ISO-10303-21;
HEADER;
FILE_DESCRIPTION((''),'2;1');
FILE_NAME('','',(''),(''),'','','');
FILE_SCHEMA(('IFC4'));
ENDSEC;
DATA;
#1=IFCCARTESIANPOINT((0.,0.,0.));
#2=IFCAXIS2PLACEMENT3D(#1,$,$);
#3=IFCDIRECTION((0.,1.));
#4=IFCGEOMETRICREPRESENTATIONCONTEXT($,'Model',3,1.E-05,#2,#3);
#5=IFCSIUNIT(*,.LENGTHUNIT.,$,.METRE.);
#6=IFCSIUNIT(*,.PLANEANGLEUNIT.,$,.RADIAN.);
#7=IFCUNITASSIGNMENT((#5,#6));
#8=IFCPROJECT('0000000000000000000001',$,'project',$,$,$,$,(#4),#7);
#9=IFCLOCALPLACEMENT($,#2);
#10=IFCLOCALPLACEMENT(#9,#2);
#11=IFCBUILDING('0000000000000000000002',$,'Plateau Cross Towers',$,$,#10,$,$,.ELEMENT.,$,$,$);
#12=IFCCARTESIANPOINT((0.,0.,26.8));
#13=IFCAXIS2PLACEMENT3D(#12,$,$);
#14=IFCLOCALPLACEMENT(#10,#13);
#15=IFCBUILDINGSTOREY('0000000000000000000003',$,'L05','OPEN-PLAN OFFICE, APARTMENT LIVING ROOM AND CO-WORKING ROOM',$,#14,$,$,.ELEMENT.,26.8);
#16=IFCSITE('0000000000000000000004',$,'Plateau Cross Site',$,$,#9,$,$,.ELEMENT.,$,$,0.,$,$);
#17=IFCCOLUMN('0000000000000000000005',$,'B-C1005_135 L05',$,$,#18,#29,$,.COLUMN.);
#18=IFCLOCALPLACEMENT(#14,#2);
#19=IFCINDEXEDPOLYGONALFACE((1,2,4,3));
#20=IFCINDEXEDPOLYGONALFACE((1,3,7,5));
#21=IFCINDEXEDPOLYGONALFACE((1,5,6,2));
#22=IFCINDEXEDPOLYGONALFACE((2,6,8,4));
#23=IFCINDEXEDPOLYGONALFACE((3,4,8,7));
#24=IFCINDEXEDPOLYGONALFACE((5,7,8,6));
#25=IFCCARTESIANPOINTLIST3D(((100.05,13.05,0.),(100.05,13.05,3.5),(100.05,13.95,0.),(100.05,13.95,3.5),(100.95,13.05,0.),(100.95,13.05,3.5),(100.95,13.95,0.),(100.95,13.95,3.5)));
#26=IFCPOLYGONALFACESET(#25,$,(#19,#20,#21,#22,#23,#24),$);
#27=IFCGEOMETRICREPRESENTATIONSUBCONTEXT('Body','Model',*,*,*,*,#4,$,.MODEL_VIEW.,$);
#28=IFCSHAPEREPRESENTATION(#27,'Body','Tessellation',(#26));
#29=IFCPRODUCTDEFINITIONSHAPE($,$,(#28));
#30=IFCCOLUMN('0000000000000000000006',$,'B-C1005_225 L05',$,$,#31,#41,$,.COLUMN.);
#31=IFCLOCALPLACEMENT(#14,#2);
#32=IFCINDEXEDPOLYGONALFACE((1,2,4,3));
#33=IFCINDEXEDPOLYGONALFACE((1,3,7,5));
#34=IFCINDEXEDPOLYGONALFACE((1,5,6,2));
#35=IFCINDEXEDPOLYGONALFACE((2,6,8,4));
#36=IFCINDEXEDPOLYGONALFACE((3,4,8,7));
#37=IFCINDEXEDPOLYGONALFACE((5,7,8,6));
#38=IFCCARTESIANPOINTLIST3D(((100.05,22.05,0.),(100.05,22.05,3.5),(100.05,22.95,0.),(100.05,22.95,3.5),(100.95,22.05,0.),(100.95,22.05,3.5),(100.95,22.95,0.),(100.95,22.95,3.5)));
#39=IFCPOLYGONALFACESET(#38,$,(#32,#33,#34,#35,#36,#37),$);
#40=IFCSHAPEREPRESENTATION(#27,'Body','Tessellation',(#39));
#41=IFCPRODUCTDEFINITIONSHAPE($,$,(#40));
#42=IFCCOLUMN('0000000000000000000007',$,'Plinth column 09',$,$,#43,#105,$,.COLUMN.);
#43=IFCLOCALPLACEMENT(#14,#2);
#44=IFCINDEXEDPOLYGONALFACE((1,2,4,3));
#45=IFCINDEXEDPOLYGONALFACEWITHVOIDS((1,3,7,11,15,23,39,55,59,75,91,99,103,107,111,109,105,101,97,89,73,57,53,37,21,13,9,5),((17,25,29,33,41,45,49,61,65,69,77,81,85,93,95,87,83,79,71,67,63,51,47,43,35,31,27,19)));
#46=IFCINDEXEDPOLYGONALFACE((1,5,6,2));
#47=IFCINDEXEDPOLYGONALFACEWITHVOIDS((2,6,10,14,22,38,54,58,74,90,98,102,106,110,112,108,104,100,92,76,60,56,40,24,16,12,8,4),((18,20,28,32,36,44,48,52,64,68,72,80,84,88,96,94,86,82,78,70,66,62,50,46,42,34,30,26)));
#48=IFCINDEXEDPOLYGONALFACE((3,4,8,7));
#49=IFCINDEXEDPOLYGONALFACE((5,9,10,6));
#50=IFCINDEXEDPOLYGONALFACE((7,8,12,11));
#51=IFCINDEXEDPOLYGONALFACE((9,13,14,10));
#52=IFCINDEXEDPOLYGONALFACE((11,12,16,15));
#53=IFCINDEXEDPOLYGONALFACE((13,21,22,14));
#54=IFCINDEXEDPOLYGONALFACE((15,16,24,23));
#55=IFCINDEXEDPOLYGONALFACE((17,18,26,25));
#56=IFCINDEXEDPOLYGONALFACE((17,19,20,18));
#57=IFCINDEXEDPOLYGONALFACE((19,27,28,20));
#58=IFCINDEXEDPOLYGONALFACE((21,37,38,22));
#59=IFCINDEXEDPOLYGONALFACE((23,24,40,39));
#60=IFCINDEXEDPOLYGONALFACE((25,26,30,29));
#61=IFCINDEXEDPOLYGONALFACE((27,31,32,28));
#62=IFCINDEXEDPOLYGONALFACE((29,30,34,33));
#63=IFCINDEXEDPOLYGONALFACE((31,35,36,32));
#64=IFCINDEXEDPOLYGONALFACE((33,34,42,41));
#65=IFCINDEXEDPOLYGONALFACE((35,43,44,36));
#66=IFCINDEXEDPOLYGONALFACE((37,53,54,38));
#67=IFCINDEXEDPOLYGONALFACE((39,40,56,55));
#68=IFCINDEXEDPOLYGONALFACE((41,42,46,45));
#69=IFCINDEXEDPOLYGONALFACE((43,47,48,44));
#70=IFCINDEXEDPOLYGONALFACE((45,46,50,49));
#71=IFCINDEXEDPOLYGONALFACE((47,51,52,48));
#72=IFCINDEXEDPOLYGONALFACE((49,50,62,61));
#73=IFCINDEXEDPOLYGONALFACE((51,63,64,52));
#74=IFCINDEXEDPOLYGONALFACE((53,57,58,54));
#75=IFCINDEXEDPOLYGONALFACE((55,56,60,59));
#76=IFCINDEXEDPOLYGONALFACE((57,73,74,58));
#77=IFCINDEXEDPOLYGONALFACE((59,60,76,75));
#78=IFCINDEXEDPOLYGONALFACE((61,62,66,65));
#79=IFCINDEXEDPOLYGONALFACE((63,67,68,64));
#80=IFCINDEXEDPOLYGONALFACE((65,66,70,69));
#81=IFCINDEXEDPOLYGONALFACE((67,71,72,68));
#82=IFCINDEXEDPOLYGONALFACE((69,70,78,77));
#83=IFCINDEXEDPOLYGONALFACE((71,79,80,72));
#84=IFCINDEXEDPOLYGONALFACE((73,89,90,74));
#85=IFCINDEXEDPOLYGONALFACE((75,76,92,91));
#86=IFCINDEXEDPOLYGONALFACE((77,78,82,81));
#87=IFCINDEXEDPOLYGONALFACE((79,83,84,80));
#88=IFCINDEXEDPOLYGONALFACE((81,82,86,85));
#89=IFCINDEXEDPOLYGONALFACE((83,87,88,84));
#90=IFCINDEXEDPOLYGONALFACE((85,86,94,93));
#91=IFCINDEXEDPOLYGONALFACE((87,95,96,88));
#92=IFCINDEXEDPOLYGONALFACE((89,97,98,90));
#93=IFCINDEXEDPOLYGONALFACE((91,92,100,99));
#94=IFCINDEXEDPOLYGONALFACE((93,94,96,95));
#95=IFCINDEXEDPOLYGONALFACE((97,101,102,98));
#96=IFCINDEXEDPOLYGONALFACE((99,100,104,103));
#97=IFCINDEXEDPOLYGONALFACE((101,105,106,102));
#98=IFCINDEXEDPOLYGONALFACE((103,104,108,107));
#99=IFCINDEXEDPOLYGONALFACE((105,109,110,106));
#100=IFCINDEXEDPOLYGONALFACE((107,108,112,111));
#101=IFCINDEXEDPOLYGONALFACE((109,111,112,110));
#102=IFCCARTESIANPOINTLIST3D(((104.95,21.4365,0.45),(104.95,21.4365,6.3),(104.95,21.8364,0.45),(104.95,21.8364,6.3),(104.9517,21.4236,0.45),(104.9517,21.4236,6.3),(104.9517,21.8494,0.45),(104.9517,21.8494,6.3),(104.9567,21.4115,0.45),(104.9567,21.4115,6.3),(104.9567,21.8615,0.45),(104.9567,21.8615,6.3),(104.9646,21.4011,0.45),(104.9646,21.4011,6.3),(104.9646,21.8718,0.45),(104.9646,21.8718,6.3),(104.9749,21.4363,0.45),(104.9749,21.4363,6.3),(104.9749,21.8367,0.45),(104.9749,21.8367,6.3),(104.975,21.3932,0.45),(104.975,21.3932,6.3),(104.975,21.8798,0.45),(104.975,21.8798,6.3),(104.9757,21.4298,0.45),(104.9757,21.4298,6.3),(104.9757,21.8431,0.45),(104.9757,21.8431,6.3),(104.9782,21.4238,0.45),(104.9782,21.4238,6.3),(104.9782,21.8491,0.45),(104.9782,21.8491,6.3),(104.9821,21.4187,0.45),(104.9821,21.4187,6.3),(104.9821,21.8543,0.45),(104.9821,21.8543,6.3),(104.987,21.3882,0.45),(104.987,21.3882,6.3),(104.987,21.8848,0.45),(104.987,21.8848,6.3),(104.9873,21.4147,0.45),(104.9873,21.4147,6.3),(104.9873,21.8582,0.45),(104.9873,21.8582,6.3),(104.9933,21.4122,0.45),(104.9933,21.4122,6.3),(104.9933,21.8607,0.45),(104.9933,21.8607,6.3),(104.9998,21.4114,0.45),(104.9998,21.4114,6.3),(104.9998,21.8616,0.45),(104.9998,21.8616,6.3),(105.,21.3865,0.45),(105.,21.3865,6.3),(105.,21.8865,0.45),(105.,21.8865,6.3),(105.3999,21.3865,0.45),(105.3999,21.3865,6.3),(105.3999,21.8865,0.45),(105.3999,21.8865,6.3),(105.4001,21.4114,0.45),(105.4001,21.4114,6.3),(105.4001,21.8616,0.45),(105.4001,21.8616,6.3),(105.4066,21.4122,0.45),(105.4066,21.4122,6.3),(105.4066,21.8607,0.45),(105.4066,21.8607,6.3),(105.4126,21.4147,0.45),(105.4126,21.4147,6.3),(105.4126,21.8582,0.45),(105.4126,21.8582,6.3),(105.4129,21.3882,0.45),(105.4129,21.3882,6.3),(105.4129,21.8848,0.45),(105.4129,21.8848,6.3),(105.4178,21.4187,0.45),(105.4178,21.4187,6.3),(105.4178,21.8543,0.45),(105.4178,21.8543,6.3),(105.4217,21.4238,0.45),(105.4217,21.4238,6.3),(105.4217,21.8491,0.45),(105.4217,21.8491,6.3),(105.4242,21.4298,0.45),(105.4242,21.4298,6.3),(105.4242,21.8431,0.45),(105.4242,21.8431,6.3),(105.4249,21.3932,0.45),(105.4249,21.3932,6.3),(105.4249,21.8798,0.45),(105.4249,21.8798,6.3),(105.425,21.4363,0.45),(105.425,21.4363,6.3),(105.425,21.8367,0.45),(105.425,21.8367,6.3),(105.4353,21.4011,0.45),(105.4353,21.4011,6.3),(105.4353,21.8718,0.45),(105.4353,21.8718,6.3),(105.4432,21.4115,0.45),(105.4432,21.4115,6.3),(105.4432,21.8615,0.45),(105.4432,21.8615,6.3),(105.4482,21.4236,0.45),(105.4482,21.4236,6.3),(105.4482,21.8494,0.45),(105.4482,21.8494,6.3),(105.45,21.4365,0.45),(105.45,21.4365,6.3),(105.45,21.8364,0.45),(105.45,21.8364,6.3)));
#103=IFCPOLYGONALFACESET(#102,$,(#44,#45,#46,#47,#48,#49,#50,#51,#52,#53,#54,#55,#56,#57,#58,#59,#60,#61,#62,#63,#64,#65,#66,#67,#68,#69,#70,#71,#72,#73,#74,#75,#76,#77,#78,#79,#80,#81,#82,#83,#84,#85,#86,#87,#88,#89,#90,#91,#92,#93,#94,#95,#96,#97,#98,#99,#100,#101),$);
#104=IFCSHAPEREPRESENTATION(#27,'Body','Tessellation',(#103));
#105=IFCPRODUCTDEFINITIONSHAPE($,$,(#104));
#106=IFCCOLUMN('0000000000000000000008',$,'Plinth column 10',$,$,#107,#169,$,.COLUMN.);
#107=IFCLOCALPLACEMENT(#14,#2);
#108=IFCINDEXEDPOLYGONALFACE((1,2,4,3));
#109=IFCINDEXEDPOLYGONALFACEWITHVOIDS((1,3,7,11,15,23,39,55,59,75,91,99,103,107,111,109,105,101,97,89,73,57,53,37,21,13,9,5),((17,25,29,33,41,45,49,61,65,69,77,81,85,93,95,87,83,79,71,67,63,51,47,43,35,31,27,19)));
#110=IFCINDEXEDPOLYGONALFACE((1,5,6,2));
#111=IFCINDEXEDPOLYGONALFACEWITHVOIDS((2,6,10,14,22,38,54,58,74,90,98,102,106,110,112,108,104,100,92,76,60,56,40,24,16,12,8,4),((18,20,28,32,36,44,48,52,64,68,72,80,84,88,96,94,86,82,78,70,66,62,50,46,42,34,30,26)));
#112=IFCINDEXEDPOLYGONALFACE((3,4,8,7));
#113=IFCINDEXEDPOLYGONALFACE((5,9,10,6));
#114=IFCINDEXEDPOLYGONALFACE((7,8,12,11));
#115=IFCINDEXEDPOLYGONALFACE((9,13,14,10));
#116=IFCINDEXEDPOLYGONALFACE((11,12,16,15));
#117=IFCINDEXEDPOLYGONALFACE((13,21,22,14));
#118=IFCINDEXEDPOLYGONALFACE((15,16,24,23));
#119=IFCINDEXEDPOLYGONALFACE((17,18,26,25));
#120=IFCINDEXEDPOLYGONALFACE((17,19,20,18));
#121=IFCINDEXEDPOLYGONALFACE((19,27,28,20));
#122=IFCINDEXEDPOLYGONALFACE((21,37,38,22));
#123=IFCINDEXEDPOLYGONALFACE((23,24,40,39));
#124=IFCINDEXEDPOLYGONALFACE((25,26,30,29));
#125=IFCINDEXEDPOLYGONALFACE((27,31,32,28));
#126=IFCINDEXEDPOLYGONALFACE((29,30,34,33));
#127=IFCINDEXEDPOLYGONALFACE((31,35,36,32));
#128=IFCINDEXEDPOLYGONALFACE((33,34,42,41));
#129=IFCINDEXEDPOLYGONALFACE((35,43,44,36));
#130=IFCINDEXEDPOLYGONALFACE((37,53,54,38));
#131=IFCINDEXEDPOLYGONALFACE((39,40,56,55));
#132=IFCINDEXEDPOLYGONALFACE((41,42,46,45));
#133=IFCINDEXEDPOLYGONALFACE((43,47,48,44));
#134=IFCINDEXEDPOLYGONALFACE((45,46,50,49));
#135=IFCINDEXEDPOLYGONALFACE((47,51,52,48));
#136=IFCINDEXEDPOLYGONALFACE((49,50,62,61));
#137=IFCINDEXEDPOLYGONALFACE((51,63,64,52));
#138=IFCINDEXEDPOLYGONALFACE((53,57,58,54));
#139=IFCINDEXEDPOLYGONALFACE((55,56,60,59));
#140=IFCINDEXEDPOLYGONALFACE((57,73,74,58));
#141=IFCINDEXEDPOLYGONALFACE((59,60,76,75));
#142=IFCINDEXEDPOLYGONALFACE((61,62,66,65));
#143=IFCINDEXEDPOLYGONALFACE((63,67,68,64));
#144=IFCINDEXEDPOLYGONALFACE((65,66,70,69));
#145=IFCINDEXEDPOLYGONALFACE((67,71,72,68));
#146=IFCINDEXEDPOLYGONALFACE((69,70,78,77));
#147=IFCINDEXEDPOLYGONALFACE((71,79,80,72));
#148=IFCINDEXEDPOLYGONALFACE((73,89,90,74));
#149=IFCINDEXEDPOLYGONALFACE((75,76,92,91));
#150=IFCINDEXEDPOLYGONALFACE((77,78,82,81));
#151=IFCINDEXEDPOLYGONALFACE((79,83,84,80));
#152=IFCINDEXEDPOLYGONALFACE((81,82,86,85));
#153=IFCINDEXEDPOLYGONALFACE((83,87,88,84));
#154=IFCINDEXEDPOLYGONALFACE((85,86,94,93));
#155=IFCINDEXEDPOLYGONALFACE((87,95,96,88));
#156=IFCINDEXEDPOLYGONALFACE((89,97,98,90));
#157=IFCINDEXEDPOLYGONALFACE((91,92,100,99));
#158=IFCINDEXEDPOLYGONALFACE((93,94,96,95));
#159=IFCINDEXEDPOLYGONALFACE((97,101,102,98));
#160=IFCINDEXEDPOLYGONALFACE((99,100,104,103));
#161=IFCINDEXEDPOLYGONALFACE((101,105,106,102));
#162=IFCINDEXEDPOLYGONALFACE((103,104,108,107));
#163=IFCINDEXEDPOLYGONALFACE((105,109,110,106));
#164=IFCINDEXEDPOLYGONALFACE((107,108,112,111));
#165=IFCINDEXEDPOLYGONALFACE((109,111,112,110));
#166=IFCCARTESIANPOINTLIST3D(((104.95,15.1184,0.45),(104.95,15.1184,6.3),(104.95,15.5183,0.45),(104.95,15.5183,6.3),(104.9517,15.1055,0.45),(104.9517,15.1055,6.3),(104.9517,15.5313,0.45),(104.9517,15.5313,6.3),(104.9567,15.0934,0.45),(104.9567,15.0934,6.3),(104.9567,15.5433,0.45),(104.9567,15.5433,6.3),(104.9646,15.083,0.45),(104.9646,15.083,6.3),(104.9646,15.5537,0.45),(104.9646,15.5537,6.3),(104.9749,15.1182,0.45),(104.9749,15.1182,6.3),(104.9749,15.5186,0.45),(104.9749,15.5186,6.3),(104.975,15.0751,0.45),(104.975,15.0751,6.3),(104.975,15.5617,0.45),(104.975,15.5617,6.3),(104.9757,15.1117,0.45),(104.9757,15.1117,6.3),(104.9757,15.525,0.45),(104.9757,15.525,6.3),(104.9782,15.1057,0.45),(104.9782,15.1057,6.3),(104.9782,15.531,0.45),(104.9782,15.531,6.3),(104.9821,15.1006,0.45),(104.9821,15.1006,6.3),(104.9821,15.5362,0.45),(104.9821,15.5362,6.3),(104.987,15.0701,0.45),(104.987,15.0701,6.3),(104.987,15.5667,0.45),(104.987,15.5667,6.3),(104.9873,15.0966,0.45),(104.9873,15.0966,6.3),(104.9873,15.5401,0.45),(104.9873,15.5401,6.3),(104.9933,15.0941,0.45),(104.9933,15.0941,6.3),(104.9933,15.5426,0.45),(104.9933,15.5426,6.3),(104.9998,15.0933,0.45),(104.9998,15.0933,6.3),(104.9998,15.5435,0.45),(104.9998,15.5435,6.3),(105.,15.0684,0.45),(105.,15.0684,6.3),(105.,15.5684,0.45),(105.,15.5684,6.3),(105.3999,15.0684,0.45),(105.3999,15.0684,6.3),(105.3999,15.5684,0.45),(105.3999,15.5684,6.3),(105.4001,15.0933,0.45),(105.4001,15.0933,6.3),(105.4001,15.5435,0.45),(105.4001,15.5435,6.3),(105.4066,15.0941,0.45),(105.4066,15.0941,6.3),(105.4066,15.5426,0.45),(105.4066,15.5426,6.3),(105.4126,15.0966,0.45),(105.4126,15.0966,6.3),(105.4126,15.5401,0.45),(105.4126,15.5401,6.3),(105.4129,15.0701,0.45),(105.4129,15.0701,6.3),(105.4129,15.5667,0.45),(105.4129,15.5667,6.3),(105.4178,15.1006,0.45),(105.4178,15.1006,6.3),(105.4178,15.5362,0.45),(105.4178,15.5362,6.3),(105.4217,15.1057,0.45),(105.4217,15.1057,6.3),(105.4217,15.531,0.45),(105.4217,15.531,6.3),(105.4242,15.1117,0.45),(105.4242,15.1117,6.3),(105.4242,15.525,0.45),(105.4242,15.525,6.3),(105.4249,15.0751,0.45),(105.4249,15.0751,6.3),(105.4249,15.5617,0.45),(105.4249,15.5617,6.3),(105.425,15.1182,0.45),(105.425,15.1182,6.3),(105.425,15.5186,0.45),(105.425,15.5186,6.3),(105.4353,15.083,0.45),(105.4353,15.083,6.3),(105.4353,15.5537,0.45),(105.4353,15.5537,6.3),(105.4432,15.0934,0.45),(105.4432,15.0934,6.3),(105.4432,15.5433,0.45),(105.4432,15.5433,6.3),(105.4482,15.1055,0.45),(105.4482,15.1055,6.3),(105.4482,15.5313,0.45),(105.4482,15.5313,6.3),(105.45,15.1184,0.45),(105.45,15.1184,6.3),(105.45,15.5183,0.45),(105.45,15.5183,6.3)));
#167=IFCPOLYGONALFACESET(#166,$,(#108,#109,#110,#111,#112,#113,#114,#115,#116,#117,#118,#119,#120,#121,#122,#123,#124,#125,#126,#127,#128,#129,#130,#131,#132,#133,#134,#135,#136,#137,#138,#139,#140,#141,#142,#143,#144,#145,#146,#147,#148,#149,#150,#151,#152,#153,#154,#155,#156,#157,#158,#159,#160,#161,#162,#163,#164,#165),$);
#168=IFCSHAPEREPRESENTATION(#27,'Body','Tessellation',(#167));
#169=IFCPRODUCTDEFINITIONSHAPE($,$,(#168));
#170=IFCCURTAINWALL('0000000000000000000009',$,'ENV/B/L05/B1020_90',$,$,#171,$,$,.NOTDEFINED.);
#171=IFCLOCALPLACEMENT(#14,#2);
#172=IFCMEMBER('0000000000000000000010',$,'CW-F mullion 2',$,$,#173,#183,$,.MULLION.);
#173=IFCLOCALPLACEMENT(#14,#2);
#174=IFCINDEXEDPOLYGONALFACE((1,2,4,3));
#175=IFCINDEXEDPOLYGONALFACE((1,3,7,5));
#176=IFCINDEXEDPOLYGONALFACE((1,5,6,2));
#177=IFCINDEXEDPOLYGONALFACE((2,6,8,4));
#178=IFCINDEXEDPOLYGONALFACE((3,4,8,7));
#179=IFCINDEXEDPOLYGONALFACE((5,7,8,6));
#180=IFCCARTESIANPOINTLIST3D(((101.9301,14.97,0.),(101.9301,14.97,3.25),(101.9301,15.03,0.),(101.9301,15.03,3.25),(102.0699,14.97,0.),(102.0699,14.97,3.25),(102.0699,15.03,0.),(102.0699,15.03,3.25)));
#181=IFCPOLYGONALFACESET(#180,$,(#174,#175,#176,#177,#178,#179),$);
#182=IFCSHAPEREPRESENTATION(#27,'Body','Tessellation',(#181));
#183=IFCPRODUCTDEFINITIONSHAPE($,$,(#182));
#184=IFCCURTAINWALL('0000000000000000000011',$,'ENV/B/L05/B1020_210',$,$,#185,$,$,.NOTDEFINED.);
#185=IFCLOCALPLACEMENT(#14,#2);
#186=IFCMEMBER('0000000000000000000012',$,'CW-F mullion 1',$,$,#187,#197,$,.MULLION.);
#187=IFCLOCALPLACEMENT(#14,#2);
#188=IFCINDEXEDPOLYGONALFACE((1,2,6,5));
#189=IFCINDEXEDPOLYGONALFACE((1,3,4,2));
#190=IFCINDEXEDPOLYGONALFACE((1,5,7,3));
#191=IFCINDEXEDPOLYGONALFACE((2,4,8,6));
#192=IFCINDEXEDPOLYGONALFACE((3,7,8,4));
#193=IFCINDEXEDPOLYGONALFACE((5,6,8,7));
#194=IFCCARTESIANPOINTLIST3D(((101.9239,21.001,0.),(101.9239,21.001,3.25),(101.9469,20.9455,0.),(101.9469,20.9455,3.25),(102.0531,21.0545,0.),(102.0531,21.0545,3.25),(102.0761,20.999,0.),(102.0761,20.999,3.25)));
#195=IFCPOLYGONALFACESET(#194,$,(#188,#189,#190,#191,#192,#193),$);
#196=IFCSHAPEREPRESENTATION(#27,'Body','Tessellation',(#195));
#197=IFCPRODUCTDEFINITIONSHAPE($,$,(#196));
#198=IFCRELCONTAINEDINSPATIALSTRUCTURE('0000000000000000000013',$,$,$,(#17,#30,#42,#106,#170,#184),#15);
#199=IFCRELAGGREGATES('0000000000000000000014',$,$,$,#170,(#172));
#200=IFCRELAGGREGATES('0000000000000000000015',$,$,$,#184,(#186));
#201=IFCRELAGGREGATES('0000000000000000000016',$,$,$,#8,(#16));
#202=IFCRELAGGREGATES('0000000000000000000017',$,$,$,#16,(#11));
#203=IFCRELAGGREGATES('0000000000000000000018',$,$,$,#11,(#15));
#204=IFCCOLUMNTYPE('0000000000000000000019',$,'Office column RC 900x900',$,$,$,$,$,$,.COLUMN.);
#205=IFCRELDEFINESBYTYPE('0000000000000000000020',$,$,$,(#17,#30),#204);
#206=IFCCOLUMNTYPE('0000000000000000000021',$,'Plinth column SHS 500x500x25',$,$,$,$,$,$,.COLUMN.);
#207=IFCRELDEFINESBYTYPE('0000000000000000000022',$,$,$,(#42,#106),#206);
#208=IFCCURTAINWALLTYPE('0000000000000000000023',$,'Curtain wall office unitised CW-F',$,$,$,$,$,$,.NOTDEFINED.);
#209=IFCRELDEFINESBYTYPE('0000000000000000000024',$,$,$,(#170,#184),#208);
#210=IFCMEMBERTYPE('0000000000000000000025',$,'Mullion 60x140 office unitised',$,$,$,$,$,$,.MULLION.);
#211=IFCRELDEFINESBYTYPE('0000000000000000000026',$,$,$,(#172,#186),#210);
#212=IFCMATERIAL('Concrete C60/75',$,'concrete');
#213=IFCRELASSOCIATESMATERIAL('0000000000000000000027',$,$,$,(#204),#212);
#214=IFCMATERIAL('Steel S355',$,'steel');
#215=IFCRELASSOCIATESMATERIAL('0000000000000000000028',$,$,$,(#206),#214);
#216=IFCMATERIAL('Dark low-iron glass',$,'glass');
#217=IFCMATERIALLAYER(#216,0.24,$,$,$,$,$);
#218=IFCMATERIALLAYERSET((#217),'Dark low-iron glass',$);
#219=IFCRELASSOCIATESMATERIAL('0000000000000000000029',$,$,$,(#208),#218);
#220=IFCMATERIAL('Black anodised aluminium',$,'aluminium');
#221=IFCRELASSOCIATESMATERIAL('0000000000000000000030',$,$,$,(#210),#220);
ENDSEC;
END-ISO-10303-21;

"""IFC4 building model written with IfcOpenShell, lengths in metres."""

from ifc_helpers import new_model, si_unit, direction, frame, origin, origin_2d, place, context, subcontext, project, spatial, rectangle, hollow_rectangle, extrude, material, layer, layer_set, material_profile, profile_set, type_object, element, aggregate, save


model = new_model("IFC4")

# Units and contexts
model_context = context("Model", 3, precision=1e-05, world=origin(), true_north=direction((0.0, 1.0)))
body_context = subcontext(model_context, "Body", "Model", "MODEL_VIEW")
ifc_project = project(units=[si_unit("LENGTHUNIT", "METRE"), si_unit("PLANEANGLEUNIT", "RADIAN")], contexts=[model_context])

# Site, building, storey
site_placement = place(None, origin())
site = spatial("IfcSite", under=ifc_project, at=site_placement, Name="Plateau Cross Site", CompositionType="ELEMENT", RefElevation=0.0)
building_placement = place(site_placement, origin())
building = spatial("IfcBuilding", under=site, at=building_placement, Name="Plateau Cross Towers", CompositionType="ELEMENT")
storey_placement = place(building_placement, frame((0.0, 0.0, 26.8)))
storey = spatial("IfcBuildingStorey", under=building, at=storey_placement, Name="L05", Description="OPEN-PLAN OFFICE, APARTMENT LIVING ROOM AND CO-WORKING ROOM", CompositionType="ELEMENT", Elevation=26.8)

# Columns
ifc_material_1 = material(Name="Concrete C60/75", Category="concrete")
ifc_material_profile_1 = material_profile(ifc_material_1, rectangle(XDim=0.8999, YDim=0.8999, at=origin_2d()), Name="RC 900x900")
ifc_profile_set_1 = profile_set([ifc_material_profile_1], Name="Concrete C60/75")
column_type_1 = type_object("IfcColumnType", Name="Office column RC 900x900", PredefinedType="COLUMN", material=ifc_profile_set_1)
for number, where, z_axis, x_axis, name in (
    (1, (100.5, 13.5, 0.0), (0.0, 0.0, 1.0), (1.0, 0.0, 0.0), "B-C1005_135 L05"),
    (2, (100.5, 22.5, 0.0), (0.0, 0.0, 1.0), (1.0, 0.0, 0.0), "B-C1005_225 L05"),
):
    element("IfcColumn", number, at=place(storey_placement, frame(where, z_axis=z_axis, x_axis=x_axis)), inside=storey, type_object=column_type_1, Name=name, PredefinedType="COLUMN", context=body_context, shape_type="SweptSolid", body=[
        extrude(rectangle(XDim=0.8999, YDim=0.8999, at=origin_2d()), origin(), (0.0, 0.0, 1.0), 3.5),
    ])
ifc_material_2 = material(Name="Steel S355", Category="steel")
ifc_material_profile_2 = material_profile(ifc_material_2, hollow_rectangle(XDim=0.5, YDim=0.5, WallThickness=0.0249, InnerFilletRadius=0.0249, OuterFilletRadius=0.05, at=origin_2d()), Name="SHS 500x500x25")
ifc_profile_set_2 = profile_set([ifc_material_profile_2], Name="Steel S355")
column_type_2 = type_object("IfcColumnType", Name="Plinth column SHS 500x500x25", PredefinedType="COLUMN", material=ifc_profile_set_2)
for number, where, z_axis, x_axis, name in (
    (3, (105.2, 21.6365, 0.45), (0.0, 0.0, 1.0), (1.0, 0.0, 0.0), "Plinth column 09"),
    (4, (105.2, 15.3184, 0.45), (0.0, 0.0, 1.0), (1.0, 0.0, 0.0), "Plinth column 10"),
):
    element("IfcColumn", number, at=place(storey_placement, frame(where, z_axis=z_axis, x_axis=x_axis)), inside=storey, type_object=column_type_2, Name=name, PredefinedType="COLUMN", context=body_context, shape_type="SweptSolid", body=[
        extrude(hollow_rectangle(XDim=0.5, YDim=0.5, WallThickness=0.0249, InnerFilletRadius=0.0249, OuterFilletRadius=0.05, at=origin_2d()), origin(), (0.0, 0.0, 1.0), 5.8501),
    ])

# Curtain walls, members
ifc_material_3 = material(Name="Dark low-iron glass", Category="glass")
ifc_layer_1 = layer(ifc_material_3, 0.24)
ifc_layer_set_1 = layer_set([ifc_layer_1], Name="Dark low-iron glass")
curtain_wall_type = type_object("IfcCurtainWallType", Name="Curtain wall office unitised CW-F", PredefinedType="NOTDEFINED", material=ifc_layer_set_1)
curtain_wall_1_placement = place(storey_placement, origin())
curtain_wall_1 = element("IfcCurtainWall", 5, at=curtain_wall_1_placement, inside=storey, type_object=curtain_wall_type, Name="ENV/B/L05/B1020_90", PredefinedType="NOTDEFINED")
ifc_material_4 = material(Name="Black anodised aluminium", Category="aluminium")
ifc_material_profile_3 = material_profile(ifc_material_4, rectangle(XDim=0.0601, YDim=0.1399, at=origin_2d()), Name="MULLION 60x140")
ifc_profile_set_3 = profile_set([ifc_material_profile_3], Name="Black anodised aluminium")
member_type_1 = type_object("IfcMemberType", Name="Mullion 60x140 office unitised", PredefinedType="MULLION", material=ifc_profile_set_3)
member_1_placement = place(storey_placement, frame((102.0, 15.0, 0.0), z_axis=(0.0, 0.0, 1.0), x_axis=(0.0, 1.0, 0.0)))
member_1 = element("IfcMember", 6, at=member_1_placement, type_object=member_type_1, Name="CW-F mullion 2", PredefinedType="MULLION", context=body_context, shape_type="SweptSolid", body=[
    extrude(rectangle(XDim=0.0601, YDim=0.1399, at=origin_2d()), origin(), (0.0, 0.0, 1.0), 3.25),
])
curtain_wall_2_placement = place(storey_placement, origin())
curtain_wall_2 = element("IfcCurtainWall", 7, at=curtain_wall_2_placement, inside=storey, type_object=curtain_wall_type, Name="ENV/B/L05/B1020_210", PredefinedType="NOTDEFINED")
member_2_placement = place(storey_placement, frame((102.0, 21.0, 0.0), z_axis=(0.0, 0.0, 1.0), x_axis=(-0.382684, 0.923879, 0.0)))
member_2 = element("IfcMember", 8, at=member_2_placement, type_object=member_type_1, Name="CW-F mullion 1", PredefinedType="MULLION", context=body_context, shape_type="SweptSolid", body=[
    extrude(rectangle(XDim=0.0601, YDim=0.1399, at=origin_2d()), origin(), (0.0, 0.0, 1.0), 3.25),
])

aggregate(curtain_wall_1, [member_1])
aggregate(curtain_wall_2, [member_2])

save(model, "model.ifc")
